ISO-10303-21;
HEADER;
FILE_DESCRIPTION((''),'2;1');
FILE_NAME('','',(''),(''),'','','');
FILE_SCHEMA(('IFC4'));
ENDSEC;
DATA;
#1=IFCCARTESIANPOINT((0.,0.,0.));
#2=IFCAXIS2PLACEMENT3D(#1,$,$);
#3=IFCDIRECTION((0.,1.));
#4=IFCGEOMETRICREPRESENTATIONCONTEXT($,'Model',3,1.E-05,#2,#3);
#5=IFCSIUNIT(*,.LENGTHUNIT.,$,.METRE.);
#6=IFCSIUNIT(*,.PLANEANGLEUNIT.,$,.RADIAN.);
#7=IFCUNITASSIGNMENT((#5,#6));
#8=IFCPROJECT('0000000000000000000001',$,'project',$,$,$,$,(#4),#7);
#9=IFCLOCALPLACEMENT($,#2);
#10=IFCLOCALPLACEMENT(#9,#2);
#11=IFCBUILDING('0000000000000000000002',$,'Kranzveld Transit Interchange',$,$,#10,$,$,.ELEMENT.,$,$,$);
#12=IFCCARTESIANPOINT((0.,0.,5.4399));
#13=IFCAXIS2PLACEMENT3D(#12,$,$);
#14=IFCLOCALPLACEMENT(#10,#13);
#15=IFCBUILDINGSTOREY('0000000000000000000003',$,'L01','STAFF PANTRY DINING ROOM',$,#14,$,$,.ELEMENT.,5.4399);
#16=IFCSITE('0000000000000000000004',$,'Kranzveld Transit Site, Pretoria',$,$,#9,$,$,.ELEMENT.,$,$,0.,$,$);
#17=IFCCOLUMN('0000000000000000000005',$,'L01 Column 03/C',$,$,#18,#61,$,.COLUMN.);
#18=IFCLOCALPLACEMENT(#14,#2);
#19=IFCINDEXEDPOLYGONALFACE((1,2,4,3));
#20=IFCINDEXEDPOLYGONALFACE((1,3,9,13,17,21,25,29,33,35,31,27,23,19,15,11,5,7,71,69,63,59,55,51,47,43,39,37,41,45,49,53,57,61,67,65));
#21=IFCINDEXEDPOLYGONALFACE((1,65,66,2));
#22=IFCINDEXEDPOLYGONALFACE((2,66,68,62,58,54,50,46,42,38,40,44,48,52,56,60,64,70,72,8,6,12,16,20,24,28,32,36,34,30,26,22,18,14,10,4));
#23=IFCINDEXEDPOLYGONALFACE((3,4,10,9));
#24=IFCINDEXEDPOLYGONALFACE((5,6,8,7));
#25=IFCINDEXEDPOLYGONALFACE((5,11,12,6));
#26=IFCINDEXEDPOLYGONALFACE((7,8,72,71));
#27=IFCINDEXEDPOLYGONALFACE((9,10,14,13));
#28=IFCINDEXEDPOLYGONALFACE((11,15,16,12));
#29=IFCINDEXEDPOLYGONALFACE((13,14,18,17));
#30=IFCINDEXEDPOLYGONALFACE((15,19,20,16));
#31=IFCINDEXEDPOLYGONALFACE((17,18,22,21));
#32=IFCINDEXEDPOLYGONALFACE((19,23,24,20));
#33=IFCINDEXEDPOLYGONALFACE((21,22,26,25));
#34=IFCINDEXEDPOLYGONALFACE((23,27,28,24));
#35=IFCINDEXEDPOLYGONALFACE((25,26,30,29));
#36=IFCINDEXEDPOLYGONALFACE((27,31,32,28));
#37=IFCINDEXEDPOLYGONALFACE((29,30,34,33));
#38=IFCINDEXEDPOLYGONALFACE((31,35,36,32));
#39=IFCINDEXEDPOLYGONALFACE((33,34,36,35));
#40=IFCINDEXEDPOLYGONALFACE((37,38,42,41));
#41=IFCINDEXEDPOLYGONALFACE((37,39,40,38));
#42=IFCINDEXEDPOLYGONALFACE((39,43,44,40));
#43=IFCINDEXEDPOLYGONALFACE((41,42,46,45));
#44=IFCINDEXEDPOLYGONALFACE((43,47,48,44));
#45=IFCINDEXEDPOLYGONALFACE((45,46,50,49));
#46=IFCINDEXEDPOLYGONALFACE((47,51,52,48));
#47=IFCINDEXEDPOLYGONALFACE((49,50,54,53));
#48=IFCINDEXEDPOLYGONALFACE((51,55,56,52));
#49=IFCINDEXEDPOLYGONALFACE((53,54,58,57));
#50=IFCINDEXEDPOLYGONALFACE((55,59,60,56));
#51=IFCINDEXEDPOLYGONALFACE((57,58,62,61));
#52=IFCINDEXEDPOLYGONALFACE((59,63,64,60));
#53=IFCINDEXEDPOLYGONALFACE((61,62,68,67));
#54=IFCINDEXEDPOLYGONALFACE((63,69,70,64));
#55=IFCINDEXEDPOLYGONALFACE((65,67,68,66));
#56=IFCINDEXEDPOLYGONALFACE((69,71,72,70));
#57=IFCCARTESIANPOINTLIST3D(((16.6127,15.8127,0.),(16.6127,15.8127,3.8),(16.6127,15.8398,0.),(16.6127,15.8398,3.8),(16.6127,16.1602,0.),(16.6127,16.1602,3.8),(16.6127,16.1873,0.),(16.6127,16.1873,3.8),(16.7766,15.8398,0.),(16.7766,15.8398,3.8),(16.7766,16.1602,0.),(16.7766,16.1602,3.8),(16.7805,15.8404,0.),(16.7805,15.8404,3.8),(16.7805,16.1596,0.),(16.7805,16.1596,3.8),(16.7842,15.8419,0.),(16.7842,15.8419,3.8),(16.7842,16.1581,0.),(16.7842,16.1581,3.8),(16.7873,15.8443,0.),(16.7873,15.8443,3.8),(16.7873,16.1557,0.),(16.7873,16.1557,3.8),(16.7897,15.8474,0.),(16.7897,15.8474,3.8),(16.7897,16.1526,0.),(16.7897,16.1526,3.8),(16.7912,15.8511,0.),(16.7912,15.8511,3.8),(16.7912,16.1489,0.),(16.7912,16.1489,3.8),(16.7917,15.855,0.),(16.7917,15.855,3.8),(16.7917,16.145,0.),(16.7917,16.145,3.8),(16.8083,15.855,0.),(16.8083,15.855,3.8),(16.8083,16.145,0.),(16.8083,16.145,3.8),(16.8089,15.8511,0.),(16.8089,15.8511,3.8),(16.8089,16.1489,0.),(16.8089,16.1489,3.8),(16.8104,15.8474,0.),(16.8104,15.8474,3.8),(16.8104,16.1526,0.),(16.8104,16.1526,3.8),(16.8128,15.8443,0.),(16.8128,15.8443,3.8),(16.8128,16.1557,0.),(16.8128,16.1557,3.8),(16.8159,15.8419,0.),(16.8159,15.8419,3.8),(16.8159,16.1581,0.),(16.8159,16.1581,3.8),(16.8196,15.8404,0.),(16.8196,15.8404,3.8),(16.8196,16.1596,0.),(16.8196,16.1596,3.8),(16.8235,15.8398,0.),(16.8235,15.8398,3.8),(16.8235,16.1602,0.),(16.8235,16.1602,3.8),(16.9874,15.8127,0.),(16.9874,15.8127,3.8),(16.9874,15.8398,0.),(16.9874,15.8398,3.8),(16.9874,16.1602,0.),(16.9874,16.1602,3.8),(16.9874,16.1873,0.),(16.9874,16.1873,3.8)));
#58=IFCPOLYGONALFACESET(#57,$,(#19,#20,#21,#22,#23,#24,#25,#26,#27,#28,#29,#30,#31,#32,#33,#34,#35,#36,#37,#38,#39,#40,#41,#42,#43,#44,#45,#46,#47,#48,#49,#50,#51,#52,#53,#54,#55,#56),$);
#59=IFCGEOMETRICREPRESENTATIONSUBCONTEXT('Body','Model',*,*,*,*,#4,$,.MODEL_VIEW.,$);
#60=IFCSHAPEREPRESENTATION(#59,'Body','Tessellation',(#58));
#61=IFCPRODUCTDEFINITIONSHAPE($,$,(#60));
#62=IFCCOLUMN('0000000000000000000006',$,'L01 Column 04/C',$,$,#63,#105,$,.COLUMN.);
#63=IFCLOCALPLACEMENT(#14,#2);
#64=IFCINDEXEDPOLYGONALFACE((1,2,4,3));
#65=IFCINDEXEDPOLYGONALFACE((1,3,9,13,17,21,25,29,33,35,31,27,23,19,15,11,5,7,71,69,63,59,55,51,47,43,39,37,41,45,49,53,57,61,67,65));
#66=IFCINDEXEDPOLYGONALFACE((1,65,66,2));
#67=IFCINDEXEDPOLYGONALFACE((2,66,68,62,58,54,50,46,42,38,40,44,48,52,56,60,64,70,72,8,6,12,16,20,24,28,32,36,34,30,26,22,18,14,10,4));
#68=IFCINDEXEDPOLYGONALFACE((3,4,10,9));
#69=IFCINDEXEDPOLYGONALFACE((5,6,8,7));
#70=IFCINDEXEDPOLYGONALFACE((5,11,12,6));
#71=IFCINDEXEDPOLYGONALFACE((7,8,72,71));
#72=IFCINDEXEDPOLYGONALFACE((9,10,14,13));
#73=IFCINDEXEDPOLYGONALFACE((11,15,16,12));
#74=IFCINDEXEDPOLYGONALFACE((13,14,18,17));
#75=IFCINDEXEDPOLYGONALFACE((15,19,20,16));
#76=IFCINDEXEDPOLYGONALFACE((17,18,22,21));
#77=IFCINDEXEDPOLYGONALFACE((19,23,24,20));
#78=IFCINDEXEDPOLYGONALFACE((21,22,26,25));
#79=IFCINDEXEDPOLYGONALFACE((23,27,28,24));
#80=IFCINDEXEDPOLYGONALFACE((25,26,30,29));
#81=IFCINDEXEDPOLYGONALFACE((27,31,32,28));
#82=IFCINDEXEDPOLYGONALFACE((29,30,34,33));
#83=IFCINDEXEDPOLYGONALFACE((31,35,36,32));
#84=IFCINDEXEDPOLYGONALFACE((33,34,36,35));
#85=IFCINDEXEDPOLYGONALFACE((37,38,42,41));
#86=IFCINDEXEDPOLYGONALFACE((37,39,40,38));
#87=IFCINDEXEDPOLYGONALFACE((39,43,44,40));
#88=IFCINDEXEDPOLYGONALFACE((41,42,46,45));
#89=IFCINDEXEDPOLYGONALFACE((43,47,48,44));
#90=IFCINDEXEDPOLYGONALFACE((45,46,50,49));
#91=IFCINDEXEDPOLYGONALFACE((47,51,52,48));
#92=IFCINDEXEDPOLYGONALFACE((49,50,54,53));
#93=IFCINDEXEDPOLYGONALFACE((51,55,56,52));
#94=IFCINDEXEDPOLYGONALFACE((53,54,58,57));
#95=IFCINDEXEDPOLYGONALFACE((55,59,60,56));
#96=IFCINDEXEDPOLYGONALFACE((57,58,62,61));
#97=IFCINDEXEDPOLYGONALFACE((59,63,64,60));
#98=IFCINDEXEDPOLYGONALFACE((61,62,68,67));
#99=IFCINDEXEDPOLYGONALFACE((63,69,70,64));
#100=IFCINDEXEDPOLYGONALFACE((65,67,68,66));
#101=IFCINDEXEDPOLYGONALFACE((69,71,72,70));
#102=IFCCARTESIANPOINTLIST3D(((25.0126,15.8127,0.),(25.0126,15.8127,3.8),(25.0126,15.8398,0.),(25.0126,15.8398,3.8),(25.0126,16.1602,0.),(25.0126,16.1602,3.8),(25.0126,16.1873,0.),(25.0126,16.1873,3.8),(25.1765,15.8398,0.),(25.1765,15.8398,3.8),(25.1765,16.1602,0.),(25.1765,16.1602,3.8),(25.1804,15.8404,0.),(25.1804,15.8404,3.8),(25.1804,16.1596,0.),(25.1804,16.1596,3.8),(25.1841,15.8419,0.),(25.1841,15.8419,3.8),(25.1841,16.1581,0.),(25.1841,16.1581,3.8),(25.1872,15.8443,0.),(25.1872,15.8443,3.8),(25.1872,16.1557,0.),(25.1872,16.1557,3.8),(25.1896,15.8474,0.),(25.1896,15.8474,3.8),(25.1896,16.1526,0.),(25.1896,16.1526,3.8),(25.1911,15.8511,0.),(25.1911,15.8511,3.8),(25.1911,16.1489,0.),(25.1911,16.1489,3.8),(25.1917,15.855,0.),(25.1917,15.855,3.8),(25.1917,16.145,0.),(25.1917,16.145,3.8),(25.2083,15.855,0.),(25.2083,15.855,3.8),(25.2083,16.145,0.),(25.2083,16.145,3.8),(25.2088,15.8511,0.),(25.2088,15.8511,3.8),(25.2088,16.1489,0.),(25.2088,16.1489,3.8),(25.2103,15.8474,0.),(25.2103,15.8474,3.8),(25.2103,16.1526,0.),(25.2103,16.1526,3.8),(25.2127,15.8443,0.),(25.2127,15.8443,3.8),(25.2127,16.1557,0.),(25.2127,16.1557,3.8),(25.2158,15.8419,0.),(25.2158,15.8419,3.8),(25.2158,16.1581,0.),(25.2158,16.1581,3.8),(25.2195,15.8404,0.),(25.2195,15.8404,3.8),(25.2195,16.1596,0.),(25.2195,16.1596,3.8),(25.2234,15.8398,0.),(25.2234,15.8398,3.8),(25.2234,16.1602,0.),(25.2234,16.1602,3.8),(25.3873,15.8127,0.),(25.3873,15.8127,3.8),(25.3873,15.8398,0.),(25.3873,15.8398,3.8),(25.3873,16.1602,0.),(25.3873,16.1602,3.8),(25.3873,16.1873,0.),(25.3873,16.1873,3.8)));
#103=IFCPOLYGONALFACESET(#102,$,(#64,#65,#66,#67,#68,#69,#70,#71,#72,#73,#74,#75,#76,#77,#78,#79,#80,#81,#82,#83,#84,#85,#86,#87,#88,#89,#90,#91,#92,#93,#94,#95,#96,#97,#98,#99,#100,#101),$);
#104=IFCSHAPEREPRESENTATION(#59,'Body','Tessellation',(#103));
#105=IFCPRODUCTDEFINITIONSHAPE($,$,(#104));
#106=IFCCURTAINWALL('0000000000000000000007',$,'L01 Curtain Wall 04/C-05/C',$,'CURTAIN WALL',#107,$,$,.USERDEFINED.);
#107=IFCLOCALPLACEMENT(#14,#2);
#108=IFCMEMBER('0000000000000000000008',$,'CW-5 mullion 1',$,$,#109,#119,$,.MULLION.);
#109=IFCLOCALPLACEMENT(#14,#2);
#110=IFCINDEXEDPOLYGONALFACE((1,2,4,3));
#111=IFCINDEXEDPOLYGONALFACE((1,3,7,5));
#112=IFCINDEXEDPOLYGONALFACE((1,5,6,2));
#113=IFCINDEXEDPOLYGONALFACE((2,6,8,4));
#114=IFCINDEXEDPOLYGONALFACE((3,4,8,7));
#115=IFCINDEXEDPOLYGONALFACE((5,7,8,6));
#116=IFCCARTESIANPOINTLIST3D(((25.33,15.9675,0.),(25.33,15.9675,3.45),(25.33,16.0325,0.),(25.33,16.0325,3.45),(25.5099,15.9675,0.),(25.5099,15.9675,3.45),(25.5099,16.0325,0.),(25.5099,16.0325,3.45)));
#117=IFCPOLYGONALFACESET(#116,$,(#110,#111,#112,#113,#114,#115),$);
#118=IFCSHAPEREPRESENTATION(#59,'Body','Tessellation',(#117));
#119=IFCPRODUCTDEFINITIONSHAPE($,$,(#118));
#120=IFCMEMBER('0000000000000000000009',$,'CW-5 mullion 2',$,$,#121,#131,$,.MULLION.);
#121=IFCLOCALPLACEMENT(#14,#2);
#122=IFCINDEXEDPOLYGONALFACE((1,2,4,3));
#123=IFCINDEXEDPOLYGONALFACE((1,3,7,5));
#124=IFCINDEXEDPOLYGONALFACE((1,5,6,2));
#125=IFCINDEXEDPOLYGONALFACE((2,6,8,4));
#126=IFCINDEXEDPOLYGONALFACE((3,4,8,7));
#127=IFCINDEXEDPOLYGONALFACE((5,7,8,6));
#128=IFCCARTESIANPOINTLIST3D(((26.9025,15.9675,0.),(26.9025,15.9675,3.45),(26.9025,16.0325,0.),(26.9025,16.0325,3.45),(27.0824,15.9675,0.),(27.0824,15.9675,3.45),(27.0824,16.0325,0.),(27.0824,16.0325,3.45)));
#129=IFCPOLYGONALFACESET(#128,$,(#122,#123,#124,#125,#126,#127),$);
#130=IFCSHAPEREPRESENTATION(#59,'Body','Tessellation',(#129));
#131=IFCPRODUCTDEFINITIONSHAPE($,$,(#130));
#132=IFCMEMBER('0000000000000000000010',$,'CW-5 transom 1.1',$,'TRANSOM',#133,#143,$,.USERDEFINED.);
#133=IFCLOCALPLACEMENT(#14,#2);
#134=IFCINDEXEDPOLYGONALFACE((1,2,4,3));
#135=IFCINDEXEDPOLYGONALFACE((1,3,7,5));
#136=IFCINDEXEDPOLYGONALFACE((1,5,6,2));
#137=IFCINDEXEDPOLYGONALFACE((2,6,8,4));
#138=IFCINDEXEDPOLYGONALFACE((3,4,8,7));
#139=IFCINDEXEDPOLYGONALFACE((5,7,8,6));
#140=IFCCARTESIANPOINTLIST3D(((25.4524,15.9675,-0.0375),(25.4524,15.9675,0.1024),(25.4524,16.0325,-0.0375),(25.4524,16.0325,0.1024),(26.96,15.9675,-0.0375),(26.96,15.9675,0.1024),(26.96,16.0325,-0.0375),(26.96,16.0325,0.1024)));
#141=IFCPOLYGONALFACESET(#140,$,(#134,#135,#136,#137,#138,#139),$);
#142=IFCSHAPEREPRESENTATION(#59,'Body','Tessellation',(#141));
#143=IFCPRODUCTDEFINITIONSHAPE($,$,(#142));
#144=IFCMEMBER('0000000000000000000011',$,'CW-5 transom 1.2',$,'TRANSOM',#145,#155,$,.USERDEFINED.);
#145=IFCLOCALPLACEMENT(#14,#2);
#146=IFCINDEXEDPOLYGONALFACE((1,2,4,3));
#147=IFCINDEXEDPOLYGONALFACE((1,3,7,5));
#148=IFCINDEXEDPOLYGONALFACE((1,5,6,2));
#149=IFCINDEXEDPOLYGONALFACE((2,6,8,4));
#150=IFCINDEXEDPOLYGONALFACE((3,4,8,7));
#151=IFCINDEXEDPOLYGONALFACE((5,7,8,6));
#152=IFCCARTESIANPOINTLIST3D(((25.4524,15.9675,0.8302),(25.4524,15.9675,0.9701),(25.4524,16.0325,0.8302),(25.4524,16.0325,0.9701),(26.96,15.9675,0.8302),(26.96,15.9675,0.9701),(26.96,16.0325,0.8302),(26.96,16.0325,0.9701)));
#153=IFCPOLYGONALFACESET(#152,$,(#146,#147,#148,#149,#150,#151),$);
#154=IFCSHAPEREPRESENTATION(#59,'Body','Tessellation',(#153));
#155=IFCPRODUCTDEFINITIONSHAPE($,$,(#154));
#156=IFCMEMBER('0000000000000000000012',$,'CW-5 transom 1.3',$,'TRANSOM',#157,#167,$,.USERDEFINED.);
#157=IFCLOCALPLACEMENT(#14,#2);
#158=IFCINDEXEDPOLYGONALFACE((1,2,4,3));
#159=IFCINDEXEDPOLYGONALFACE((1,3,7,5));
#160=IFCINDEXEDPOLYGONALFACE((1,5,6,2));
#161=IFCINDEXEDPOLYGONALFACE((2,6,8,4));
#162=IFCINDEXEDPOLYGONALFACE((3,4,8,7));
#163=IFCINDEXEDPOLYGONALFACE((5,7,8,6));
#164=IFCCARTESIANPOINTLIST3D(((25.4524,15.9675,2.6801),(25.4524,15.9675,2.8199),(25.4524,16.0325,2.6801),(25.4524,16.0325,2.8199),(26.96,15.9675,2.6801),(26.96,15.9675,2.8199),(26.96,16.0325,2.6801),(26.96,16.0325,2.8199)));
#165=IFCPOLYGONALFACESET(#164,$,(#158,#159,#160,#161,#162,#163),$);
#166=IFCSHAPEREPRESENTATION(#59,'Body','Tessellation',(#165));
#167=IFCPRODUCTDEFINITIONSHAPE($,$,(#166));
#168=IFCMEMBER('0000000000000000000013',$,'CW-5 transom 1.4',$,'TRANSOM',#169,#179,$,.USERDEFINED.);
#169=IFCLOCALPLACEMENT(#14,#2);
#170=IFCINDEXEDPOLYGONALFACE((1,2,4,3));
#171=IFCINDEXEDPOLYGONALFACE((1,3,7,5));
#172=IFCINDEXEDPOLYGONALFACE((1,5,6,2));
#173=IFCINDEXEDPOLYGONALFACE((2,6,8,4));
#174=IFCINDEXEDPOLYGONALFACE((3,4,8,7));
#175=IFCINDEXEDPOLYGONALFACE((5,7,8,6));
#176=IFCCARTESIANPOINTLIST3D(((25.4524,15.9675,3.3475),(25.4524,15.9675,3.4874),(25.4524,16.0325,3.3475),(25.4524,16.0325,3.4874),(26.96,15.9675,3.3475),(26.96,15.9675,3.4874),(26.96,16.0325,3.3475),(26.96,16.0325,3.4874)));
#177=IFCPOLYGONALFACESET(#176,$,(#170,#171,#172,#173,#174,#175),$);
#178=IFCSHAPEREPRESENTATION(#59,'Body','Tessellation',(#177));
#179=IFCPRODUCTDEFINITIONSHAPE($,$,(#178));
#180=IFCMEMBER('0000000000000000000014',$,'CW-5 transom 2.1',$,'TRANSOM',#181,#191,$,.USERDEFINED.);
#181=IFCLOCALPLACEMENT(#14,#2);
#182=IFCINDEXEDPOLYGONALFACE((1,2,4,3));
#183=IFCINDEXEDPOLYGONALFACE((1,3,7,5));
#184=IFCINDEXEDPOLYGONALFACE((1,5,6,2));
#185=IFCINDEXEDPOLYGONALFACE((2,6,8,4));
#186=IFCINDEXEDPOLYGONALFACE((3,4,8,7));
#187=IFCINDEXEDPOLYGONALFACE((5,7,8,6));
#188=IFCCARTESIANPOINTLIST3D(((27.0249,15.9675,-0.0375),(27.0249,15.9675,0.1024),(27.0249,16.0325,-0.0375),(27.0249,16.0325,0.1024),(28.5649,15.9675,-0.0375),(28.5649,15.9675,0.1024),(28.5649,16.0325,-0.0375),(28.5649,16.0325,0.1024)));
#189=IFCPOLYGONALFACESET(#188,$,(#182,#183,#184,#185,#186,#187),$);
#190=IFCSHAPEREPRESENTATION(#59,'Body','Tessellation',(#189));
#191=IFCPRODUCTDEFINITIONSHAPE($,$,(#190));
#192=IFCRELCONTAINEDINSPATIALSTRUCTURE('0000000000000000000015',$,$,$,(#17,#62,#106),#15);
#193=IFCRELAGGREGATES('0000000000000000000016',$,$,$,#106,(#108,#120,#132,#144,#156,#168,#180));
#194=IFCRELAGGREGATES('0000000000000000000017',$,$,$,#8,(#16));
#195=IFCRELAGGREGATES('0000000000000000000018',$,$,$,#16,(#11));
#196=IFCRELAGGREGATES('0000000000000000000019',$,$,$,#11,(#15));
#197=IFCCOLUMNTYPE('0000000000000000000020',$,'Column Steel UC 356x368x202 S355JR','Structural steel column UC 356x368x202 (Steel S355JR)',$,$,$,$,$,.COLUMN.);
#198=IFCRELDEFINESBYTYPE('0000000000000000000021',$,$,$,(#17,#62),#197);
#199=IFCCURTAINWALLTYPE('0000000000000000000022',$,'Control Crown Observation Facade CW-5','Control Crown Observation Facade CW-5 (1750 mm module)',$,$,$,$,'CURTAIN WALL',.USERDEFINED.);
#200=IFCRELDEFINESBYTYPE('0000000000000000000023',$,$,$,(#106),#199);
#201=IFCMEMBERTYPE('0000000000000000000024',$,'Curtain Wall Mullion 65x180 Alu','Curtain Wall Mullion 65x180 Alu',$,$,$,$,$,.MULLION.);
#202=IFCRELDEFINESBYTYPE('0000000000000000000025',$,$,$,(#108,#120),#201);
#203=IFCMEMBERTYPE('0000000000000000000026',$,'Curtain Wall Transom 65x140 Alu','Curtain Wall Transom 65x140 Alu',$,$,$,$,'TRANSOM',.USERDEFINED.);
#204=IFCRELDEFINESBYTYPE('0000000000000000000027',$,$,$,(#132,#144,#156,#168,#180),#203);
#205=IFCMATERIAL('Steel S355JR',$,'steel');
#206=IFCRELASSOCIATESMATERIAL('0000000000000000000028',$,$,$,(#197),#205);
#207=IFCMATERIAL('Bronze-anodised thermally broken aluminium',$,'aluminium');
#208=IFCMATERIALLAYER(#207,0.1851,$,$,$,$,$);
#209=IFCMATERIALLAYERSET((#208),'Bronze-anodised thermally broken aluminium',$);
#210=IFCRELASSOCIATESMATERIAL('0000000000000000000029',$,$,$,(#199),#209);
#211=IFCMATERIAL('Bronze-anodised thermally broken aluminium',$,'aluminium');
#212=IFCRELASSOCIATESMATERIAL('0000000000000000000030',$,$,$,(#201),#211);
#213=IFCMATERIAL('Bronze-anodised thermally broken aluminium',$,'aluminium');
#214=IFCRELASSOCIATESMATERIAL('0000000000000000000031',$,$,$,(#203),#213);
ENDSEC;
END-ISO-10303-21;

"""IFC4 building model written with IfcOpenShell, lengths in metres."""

from ifc_helpers import new_model, si_unit, direction, frame, origin, origin_2d, place, context, subcontext, project, spatial, rectangle, i_section, extrude, material, layer, layer_set, material_profile, profile_set, type_object, element, aggregate, save


model = new_model("IFC4")

# Units and contexts
model_context = context("Model", 3, precision=1e-05, world=origin(), true_north=direction((0.0, 1.0)))
body_context = subcontext(model_context, "Body", "Model", "MODEL_VIEW")
ifc_project = project(units=[si_unit("LENGTHUNIT", "METRE"), si_unit("PLANEANGLEUNIT", "RADIAN")], contexts=[model_context])

# Site, building, storey
site_placement = place(None, origin())
site = spatial("IfcSite", under=ifc_project, at=site_placement, Name="Kranzveld Transit Site, Pretoria", CompositionType="ELEMENT", RefElevation=0.0)
building_placement = place(site_placement, origin())
building = spatial("IfcBuilding", under=site, at=building_placement, Name="Kranzveld Transit Interchange", CompositionType="ELEMENT")
storey_placement = place(building_placement, frame((0.0, 0.0, 5.4399)))
storey = spatial("IfcBuildingStorey", under=building, at=storey_placement, Name="L01", Description="STAFF PANTRY DINING ROOM", CompositionType="ELEMENT", Elevation=5.4399)

# Columns
ifc_material_1 = material(Name="Steel S355JR", Category="steel")
ifc_material_profile_1 = material_profile(ifc_material_1, i_section(OverallWidth=0.3748, OverallDepth=0.3745, WebThickness=0.0166, FlangeThickness=0.0271, FilletRadius=0.0151, at=origin_2d()), Name="UC 356x368x202")
ifc_profile_set_1 = profile_set([ifc_material_profile_1], Name="Steel S355JR")
column_type = type_object("IfcColumnType", Name="Column Steel UC 356x368x202 S355JR", Description="Structural steel column UC 356x368x202 (Steel S355JR)", PredefinedType="COLUMN", material=ifc_profile_set_1)
for number, where, z_axis, x_axis, name in (
    (1, (16.8, 16.0, 0.0), (0.0, 0.0, 1.0), (1.0, 0.0, 0.0), "L01 Column 03/C"),
    (2, (25.2, 16.0, 0.0), (0.0, 0.0, 1.0), (1.0, 0.0, 0.0), "L01 Column 04/C"),
):
    element("IfcColumn", number, at=place(storey_placement, frame(where, z_axis=z_axis, x_axis=x_axis)), inside=storey, type_object=column_type, Name=name, PredefinedType="COLUMN", context=body_context, shape_type="SweptSolid", body=[
        extrude(i_section(OverallWidth=0.3748, OverallDepth=0.3745, WebThickness=0.0166, FlangeThickness=0.0271, FilletRadius=0.0151, at=origin_2d()), origin(), (0.0, 0.0, 1.0), 3.8),
    ])

# Curtain wall, members
ifc_material_2 = material(Name="Bronze-anodised thermally broken aluminium", Category="aluminium")
ifc_layer_1 = layer(ifc_material_2, 0.1851)
ifc_layer_set_1 = layer_set([ifc_layer_1], Name="Bronze-anodised thermally broken aluminium")
curtain_wall_type = type_object("IfcCurtainWallType", Name="Control Crown Observation Facade CW-5", Description="Control Crown Observation Facade CW-5 (1750 mm module)", ElementType="CURTAIN WALL", PredefinedType="USERDEFINED", material=ifc_layer_set_1)
curtain_wall_placement = place(storey_placement, origin())
curtain_wall = element("IfcCurtainWall", 3, at=curtain_wall_placement, inside=storey, type_object=curtain_wall_type, Name="L01 Curtain Wall 04/C-05/C", ObjectType="CURTAIN WALL", PredefinedType="USERDEFINED")
ifc_material_3 = material(Name="Bronze-anodised thermally broken aluminium", Category="aluminium")
ifc_material_profile_2 = material_profile(ifc_material_3, rectangle(XDim=0.0649, YDim=0.1799, at=origin_2d()), Name="ALU MULLION 65x180")
ifc_profile_set_2 = profile_set([ifc_material_profile_2], Name="Bronze-anodised thermally broken aluminium")
member_type_1 = type_object("IfcMemberType", Name="Curtain Wall Mullion 65x180 Alu", Description="Curtain Wall Mullion 65x180 Alu", PredefinedType="MULLION", material=ifc_profile_set_2)
member_1_placement = place(storey_placement, frame((25.4199, 16.0, 0.0), z_axis=(0.0, 0.0, 1.0), x_axis=(0.0, 1.0, 0.0)))
member_1 = element("IfcMember", 4, at=member_1_placement, type_object=member_type_1, Name="CW-5 mullion 1", PredefinedType="MULLION", context=body_context, shape_type="SweptSolid", body=[
    extrude(rectangle(XDim=0.0649, YDim=0.1799, at=origin_2d()), origin(), (0.0, 0.0, 1.0), 3.45),
])
member_2_placement = place(storey_placement, frame((26.9924, 16.0, 0.0), z_axis=(0.0, 0.0, 1.0), x_axis=(0.0, 1.0, 0.0)))
member_2 = element("IfcMember", 5, at=member_2_placement, type_object=member_type_1, Name="CW-5 mullion 2", PredefinedType="MULLION", context=body_context, shape_type="SweptSolid", body=[
    extrude(rectangle(XDim=0.0649, YDim=0.1799, at=origin_2d()), origin(), (0.0, 0.0, 1.0), 3.45),
])
ifc_material_4 = material(Name="Bronze-anodised thermally broken aluminium", Category="aluminium")
ifc_material_profile_3 = material_profile(ifc_material_4, rectangle(XDim=0.0649, YDim=0.1399, at=origin_2d()), Name="ALU TRANSOM 65x140")
ifc_profile_set_3 = profile_set([ifc_material_profile_3], Name="Bronze-anodised thermally broken aluminium")
member_type_2 = type_object("IfcMemberType", Name="Curtain Wall Transom 65x140 Alu", Description="Curtain Wall Transom 65x140 Alu", ElementType="TRANSOM", PredefinedType="USERDEFINED", material=ifc_profile_set_3)
member_3_placement = place(storey_placement, frame((25.4524, 16.0, 0.0325), z_axis=(1.0, 0.0, 0.0), x_axis=(0.0, 1.0, 0.0)))
member_3 = element("IfcMember", 6, at=member_3_placement, type_object=member_type_2, Name="CW-5 transom 1.1", ObjectType="TRANSOM", PredefinedType="USERDEFINED", context=body_context, shape_type="SweptSolid", body=[
    extrude(rectangle(XDim=0.0649, YDim=0.1399, at=origin_2d()), origin(), (0.0, 0.0, 1.0), 1.5076),
])
member_4_placement = place(storey_placement, frame((25.4524, 16.0, 0.9001), z_axis=(1.0, 0.0, 0.0), x_axis=(0.0, 1.0, 0.0)))
member_4 = element("IfcMember", 7, at=member_4_placement, type_object=member_type_2, Name="CW-5 transom 1.2", ObjectType="TRANSOM", PredefinedType="USERDEFINED", context=body_context, shape_type="SweptSolid", body=[
    extrude(rectangle(XDim=0.0649, YDim=0.1399, at=origin_2d()), origin(), (0.0, 0.0, 1.0), 1.5076),
])
member_5_placement = place(storey_placement, frame((25.4524, 16.0, 2.75), z_axis=(1.0, 0.0, 0.0), x_axis=(0.0, 1.0, 0.0)))
member_5 = element("IfcMember", 8, at=member_5_placement, type_object=member_type_2, Name="CW-5 transom 1.3", ObjectType="TRANSOM", PredefinedType="USERDEFINED", context=body_context, shape_type="SweptSolid", body=[
    extrude(rectangle(XDim=0.0649, YDim=0.1399, at=origin_2d()), origin(), (0.0, 0.0, 1.0), 1.5076),
])
member_6_placement = place(storey_placement, frame((25.4524, 16.0, 3.4175), z_axis=(1.0, 0.0, 0.0), x_axis=(0.0, 1.0, 0.0)))
member_6 = element("IfcMember", 9, at=member_6_placement, type_object=member_type_2, Name="CW-5 transom 1.4", ObjectType="TRANSOM", PredefinedType="USERDEFINED", context=body_context, shape_type="SweptSolid", body=[
    extrude(rectangle(XDim=0.0649, YDim=0.1399, at=origin_2d()), origin(), (0.0, 0.0, 1.0), 1.5076),
])
member_7_placement = place(storey_placement, frame((27.0249, 16.0, 0.0325), z_axis=(1.0, 0.0, 0.0), x_axis=(0.0, 1.0, 0.0)))
member_7 = element("IfcMember", 10, at=member_7_placement, type_object=member_type_2, Name="CW-5 transom 2.1", ObjectType="TRANSOM", PredefinedType="USERDEFINED", context=body_context, shape_type="SweptSolid", body=[
    extrude(rectangle(XDim=0.0649, YDim=0.1399, at=origin_2d()), origin(), (0.0, 0.0, 1.0), 1.54),
])

aggregate(curtain_wall, [member_1, member_2, member_3, member_4, member_5, member_6, member_7])

save(model, "model.ifc")
